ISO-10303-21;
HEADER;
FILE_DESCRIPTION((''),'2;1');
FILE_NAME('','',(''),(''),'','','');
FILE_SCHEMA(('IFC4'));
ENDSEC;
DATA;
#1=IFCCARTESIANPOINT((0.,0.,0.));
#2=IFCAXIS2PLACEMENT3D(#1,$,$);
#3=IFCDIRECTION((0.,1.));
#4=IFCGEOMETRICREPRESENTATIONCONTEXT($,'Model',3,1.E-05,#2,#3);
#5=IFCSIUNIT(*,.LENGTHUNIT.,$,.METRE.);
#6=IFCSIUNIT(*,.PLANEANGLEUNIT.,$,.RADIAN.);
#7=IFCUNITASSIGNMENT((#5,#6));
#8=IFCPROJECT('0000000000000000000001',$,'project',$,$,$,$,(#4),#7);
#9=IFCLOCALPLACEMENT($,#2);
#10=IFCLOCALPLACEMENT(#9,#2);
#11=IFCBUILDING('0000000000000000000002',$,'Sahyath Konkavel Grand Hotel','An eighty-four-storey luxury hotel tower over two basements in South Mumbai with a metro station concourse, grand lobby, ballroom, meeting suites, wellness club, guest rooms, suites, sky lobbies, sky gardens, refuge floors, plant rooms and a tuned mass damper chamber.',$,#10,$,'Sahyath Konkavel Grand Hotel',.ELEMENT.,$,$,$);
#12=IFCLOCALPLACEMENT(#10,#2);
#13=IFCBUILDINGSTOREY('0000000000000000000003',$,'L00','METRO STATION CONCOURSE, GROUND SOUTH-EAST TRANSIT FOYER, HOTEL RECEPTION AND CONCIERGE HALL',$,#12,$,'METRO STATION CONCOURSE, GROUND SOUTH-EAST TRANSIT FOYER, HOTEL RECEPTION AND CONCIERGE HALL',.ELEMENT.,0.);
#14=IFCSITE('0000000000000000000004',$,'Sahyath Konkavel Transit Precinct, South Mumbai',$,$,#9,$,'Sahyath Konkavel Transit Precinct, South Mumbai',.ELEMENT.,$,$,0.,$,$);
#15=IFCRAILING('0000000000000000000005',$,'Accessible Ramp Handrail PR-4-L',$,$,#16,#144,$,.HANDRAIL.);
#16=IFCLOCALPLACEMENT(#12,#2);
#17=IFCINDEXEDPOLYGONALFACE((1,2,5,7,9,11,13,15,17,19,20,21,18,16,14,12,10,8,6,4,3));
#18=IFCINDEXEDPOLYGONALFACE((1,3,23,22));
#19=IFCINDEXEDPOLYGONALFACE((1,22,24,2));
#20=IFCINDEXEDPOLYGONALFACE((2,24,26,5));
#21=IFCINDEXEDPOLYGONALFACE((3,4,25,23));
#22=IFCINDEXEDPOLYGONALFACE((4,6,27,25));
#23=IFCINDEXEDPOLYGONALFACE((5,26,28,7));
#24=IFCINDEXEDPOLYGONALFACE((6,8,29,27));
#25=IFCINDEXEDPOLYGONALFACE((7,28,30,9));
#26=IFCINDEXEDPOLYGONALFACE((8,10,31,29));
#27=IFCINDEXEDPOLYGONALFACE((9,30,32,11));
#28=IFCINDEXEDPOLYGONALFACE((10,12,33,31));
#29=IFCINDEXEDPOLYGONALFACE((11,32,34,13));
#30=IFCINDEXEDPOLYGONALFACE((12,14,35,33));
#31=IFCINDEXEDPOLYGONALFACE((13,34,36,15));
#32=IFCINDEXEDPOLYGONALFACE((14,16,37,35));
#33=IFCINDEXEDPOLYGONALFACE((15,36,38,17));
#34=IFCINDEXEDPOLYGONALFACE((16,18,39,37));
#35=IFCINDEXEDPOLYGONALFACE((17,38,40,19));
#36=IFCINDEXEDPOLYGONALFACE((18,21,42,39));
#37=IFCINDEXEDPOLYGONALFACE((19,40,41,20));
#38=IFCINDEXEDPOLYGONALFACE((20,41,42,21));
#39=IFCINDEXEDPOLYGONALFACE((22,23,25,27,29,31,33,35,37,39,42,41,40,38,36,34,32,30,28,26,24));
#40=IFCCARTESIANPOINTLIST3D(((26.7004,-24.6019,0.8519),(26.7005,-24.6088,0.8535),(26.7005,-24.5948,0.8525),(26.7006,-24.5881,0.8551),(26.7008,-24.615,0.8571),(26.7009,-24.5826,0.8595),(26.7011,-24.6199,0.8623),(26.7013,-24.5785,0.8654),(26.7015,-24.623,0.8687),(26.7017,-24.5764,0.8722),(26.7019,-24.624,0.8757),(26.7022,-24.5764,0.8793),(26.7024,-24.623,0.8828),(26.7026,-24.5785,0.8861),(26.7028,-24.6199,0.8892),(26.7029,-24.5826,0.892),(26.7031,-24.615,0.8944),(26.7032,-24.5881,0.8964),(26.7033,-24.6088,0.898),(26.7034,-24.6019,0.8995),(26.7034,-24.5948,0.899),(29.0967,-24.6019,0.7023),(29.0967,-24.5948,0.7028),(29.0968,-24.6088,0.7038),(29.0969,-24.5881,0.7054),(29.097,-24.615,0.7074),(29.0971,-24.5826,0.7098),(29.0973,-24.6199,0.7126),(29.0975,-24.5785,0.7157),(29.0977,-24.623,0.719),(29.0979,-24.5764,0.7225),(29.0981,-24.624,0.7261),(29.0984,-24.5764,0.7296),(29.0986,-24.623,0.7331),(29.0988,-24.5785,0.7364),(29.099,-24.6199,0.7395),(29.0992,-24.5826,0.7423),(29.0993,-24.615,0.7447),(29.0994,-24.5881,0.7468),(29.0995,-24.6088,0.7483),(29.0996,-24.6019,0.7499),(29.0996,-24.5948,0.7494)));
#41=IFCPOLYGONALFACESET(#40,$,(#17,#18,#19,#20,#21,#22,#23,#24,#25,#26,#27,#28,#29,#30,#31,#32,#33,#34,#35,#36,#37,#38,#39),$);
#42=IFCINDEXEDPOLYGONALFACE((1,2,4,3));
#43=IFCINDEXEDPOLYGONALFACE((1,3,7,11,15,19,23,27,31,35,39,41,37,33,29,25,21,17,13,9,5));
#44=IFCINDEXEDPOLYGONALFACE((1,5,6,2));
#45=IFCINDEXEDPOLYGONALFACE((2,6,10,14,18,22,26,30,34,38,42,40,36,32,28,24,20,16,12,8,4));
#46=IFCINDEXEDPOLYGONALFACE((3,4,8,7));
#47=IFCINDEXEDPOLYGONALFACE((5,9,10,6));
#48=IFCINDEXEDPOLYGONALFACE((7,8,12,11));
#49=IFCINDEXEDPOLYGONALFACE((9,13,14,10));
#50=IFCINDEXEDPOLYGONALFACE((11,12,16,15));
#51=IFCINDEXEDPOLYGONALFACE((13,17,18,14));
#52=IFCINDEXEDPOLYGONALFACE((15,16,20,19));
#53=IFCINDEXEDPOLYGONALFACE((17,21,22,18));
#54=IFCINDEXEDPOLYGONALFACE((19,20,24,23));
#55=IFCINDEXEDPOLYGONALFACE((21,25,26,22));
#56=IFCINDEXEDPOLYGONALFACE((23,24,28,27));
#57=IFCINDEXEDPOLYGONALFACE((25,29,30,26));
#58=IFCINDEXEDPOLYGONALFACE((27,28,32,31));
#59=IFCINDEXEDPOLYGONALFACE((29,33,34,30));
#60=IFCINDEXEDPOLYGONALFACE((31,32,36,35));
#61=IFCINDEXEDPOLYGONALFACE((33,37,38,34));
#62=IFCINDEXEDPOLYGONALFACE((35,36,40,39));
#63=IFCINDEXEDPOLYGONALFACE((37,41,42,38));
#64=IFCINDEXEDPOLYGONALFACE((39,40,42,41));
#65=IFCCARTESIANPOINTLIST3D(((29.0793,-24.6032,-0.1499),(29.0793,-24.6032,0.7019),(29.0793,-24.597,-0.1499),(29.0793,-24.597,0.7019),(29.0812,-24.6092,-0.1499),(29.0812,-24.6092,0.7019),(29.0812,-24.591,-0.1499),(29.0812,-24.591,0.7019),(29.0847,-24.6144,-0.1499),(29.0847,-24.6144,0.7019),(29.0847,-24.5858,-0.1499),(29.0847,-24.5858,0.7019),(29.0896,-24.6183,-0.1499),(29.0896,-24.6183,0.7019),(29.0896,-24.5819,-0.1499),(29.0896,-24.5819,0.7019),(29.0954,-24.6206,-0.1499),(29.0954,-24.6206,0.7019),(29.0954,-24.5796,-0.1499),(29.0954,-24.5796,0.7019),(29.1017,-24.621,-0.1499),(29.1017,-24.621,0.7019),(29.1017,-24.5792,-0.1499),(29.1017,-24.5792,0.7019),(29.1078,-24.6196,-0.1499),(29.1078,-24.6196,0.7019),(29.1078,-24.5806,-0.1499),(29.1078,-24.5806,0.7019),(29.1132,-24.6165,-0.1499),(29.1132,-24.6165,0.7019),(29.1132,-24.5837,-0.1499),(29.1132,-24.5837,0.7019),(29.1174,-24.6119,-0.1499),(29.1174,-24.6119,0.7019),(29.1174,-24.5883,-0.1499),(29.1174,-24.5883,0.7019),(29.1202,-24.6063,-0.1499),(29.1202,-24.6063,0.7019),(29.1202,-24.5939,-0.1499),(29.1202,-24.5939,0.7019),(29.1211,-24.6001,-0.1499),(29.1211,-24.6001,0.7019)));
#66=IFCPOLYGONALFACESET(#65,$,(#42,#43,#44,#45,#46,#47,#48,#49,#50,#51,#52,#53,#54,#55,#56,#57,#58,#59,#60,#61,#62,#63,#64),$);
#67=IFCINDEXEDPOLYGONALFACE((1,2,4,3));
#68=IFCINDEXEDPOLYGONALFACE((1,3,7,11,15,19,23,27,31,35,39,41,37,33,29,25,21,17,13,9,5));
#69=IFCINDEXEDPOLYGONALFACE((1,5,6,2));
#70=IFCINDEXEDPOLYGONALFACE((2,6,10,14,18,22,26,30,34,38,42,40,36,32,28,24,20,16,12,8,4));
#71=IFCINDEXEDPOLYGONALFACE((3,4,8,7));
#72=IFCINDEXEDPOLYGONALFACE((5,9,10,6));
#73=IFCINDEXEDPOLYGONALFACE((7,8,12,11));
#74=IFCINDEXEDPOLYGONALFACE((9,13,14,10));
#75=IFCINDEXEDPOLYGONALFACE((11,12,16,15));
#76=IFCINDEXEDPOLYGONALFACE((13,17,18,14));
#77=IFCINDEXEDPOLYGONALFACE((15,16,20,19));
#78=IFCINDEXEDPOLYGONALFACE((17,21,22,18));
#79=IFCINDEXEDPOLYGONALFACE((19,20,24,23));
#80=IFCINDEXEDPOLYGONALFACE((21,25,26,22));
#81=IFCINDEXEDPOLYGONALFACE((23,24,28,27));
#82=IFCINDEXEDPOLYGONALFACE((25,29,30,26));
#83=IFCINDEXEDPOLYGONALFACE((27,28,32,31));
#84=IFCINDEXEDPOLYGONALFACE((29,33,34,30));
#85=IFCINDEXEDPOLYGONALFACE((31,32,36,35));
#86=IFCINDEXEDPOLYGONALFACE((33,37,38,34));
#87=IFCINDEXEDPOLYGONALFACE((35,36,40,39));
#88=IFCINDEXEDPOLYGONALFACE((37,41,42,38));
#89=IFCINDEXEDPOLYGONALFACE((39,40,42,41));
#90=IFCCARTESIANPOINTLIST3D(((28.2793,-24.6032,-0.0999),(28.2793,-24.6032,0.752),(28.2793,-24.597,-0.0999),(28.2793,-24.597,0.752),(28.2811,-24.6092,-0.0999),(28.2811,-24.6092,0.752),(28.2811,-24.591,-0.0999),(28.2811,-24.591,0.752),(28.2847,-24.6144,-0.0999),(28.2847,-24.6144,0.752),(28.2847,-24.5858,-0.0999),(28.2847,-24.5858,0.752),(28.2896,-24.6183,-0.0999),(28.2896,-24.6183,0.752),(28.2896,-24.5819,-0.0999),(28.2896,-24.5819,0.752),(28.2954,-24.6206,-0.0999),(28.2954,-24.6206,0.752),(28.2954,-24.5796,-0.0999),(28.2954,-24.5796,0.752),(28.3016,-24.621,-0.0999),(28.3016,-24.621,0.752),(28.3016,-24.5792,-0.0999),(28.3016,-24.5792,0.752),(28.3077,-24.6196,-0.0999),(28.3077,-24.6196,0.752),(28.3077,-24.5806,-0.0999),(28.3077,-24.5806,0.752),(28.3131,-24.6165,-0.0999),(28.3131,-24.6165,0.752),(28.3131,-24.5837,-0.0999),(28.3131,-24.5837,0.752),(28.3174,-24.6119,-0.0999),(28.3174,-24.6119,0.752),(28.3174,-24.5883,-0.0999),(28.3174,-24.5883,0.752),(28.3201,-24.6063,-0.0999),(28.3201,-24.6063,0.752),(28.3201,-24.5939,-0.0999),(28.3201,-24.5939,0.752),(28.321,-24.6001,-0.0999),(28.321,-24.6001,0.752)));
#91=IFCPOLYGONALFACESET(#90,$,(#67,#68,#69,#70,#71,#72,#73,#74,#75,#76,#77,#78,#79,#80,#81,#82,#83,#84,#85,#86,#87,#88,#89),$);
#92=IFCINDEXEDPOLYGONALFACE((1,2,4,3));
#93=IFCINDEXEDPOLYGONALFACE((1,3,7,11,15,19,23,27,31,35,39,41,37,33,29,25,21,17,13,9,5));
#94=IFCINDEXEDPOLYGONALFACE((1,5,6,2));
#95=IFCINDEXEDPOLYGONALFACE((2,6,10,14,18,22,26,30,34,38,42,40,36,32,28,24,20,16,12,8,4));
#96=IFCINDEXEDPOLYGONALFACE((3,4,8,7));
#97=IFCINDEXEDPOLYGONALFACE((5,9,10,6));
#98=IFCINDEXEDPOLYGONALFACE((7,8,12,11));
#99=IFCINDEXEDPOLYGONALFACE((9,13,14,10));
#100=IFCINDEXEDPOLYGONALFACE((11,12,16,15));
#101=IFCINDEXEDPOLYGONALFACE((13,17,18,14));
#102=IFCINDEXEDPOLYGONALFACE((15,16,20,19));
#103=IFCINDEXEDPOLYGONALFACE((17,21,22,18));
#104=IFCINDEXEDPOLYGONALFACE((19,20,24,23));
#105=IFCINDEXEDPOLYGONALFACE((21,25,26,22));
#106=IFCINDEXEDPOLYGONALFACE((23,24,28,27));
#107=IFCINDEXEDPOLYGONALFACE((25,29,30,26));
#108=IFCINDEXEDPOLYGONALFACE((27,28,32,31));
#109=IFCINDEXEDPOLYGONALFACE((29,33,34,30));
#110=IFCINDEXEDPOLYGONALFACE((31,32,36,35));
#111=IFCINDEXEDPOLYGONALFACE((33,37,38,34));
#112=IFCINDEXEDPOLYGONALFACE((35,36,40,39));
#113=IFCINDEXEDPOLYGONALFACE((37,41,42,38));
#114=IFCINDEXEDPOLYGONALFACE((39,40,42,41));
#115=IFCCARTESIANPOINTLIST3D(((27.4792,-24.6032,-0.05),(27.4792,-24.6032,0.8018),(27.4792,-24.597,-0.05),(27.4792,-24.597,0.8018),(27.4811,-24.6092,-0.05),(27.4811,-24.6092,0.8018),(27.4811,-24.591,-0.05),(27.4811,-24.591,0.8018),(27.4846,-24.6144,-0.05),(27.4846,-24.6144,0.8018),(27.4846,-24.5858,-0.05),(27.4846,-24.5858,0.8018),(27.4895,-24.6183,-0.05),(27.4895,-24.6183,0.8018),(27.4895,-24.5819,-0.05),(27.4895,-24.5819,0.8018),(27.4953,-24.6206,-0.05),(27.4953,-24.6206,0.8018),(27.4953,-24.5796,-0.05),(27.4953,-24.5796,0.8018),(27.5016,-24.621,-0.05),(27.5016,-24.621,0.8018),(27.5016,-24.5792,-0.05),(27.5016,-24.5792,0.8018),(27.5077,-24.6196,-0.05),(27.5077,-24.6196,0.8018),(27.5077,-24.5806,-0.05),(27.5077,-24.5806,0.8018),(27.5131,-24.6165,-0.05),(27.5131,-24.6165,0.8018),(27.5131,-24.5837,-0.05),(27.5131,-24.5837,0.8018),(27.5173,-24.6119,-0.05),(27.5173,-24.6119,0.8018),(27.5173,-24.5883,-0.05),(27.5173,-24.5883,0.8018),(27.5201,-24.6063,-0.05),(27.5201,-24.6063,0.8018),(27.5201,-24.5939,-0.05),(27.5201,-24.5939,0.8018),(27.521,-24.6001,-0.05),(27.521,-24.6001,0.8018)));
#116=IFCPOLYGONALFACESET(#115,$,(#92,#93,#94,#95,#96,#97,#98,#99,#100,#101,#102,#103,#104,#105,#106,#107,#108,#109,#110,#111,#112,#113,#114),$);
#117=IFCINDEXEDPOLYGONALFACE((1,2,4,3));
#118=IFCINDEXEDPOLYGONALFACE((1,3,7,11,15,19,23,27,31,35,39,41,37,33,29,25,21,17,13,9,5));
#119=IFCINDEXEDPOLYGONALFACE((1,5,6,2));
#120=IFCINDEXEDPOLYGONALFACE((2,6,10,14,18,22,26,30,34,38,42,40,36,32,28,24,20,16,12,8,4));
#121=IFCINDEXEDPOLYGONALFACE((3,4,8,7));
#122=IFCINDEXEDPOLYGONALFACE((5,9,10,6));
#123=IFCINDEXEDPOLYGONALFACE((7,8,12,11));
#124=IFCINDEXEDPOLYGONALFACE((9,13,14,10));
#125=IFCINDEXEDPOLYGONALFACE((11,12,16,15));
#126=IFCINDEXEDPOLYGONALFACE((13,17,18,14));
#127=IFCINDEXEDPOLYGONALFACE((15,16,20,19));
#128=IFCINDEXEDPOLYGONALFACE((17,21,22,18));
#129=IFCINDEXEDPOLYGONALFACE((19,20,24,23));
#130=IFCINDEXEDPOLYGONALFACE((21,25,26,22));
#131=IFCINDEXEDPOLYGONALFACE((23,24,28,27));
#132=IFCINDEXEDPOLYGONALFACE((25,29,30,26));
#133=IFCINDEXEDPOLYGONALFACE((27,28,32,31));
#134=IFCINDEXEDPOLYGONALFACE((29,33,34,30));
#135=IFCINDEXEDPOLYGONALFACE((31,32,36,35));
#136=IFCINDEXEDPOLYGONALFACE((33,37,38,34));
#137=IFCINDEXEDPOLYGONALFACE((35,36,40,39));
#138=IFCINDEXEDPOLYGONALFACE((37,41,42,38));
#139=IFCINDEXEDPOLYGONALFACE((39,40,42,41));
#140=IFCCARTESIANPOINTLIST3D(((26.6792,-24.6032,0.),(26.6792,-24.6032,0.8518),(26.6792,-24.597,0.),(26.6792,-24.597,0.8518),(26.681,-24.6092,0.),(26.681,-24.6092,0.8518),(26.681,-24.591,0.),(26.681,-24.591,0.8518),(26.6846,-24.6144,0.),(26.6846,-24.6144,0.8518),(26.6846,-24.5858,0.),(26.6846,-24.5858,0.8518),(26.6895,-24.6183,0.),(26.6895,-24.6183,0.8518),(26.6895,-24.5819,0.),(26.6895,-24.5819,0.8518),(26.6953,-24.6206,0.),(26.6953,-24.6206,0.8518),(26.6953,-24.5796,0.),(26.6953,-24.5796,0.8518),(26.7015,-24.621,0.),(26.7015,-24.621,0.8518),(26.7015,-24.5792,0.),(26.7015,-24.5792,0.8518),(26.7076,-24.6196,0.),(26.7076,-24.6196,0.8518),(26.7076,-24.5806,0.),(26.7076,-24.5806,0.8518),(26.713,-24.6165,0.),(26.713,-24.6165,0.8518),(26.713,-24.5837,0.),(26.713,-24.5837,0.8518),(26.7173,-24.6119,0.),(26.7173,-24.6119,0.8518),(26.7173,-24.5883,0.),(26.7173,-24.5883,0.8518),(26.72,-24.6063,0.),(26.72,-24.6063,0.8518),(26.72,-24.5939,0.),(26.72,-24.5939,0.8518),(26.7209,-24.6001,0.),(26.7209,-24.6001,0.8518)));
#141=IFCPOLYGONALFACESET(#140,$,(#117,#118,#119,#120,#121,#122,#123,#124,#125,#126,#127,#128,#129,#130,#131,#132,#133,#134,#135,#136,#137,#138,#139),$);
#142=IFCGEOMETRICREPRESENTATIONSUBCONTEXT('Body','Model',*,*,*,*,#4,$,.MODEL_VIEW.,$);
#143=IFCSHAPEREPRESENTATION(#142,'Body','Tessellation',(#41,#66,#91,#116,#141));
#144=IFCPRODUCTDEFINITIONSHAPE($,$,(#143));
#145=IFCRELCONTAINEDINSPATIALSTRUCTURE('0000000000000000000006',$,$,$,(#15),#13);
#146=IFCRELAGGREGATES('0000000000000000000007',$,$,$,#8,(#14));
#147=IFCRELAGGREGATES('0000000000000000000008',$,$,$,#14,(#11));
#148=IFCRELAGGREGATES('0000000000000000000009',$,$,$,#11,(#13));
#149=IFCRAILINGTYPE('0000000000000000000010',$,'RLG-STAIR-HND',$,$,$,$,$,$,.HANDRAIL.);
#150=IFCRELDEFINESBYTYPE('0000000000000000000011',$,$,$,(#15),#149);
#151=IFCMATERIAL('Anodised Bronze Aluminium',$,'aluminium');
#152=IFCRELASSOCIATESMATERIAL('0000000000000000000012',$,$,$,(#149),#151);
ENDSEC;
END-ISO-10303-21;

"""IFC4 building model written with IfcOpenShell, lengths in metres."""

from ifc_helpers import new_model, si_unit, direction, frame, origin, origin_2d, place, context, subcontext, project, spatial, circle, extrude, material, type_object, element, save


model = new_model("IFC4")

# Units and contexts
model_context = context("Model", 3, precision=1e-05, world=origin(), true_north=direction((0.0, 1.0)))
body_context = subcontext(model_context, "Body", "Model", "MODEL_VIEW")
ifc_project = project(units=[si_unit("LENGTHUNIT", "METRE"), si_unit("PLANEANGLEUNIT", "RADIAN")], contexts=[model_context])

# Site, building, storey
site_placement = place(None, origin())
site = spatial("IfcSite", under=ifc_project, at=site_placement, Name="Sahyath Konkavel Transit Precinct, South Mumbai", LongName="Sahyath Konkavel Transit Precinct, South Mumbai", CompositionType="ELEMENT", RefElevation=0.0)
building_placement = place(site_placement, origin())
building = spatial("IfcBuilding", under=site, at=building_placement, Name="Sahyath Konkavel Grand Hotel", Description="An eighty-four-storey luxury hotel tower over two basements in South Mumbai with a metro station concourse, grand lobby, ballroom, meeting suites, wellness club, guest rooms, suites, sky lobbies, sky gardens, refuge floors, plant rooms and a tuned mass damper chamber.", LongName="Sahyath Konkavel Grand Hotel", CompositionType="ELEMENT")
storey_placement = place(building_placement, origin())
storey = spatial("IfcBuildingStorey", under=building, at=storey_placement, Name="L00", Description="METRO STATION CONCOURSE, GROUND SOUTH-EAST TRANSIT FOYER, HOTEL RECEPTION AND CONCIERGE HALL", LongName="METRO STATION CONCOURSE, GROUND SOUTH-EAST TRANSIT FOYER, HOTEL RECEPTION AND CONCIERGE HALL", CompositionType="ELEMENT", Elevation=0.0)

# Railing
ifc_material_1 = material(Name="Anodised Bronze Aluminium", Category="aluminium")
railing_type_1 = type_object("IfcRailingType", Name="RLG-STAIR-HND", PredefinedType="HANDRAIL", material=ifc_material_1)
for number, where, name in (
    (1, (29.1001, -24.6001, -0.1499), "Accessible Ramp Handrail PR-4-L"),
):
    element("IfcRailing", number, at=place(storey_placement, frame(where)), inside=storey, type_object=railing_type_1, Name=name, PredefinedType="HANDRAIL", context=body_context, shape_type="SweptSolid", body=[
        extrude(circle(Radius=0.0239, at=origin_2d()), frame((-0.002, 0.0, 0.876), z_axis=(-0.998055, 0.0, 0.062334), x_axis=(0.0, -1.0, 0.0)), (0.0, 0.0, 1.0), 2.4009),
        extrude(circle(Radius=0.021, at=origin_2d()), origin(), (0.0, 0.0, 1.0), 0.8518),
        extrude(circle(Radius=0.021, at=origin_2d()), frame((-0.8, 0.0, 0.05)), (0.0, 0.0, 1.0), 0.8518),
        extrude(circle(Radius=0.021, at=origin_2d()), frame((-1.6001, 0.0, 0.0999)), (0.0, 0.0, 1.0), 0.8518),
        extrude(circle(Radius=0.021, at=origin_2d()), frame((-2.4001, 0.0, 0.1499)), (0.0, 0.0, 1.0), 0.8518),
    ])

save(model, "model.ifc")
